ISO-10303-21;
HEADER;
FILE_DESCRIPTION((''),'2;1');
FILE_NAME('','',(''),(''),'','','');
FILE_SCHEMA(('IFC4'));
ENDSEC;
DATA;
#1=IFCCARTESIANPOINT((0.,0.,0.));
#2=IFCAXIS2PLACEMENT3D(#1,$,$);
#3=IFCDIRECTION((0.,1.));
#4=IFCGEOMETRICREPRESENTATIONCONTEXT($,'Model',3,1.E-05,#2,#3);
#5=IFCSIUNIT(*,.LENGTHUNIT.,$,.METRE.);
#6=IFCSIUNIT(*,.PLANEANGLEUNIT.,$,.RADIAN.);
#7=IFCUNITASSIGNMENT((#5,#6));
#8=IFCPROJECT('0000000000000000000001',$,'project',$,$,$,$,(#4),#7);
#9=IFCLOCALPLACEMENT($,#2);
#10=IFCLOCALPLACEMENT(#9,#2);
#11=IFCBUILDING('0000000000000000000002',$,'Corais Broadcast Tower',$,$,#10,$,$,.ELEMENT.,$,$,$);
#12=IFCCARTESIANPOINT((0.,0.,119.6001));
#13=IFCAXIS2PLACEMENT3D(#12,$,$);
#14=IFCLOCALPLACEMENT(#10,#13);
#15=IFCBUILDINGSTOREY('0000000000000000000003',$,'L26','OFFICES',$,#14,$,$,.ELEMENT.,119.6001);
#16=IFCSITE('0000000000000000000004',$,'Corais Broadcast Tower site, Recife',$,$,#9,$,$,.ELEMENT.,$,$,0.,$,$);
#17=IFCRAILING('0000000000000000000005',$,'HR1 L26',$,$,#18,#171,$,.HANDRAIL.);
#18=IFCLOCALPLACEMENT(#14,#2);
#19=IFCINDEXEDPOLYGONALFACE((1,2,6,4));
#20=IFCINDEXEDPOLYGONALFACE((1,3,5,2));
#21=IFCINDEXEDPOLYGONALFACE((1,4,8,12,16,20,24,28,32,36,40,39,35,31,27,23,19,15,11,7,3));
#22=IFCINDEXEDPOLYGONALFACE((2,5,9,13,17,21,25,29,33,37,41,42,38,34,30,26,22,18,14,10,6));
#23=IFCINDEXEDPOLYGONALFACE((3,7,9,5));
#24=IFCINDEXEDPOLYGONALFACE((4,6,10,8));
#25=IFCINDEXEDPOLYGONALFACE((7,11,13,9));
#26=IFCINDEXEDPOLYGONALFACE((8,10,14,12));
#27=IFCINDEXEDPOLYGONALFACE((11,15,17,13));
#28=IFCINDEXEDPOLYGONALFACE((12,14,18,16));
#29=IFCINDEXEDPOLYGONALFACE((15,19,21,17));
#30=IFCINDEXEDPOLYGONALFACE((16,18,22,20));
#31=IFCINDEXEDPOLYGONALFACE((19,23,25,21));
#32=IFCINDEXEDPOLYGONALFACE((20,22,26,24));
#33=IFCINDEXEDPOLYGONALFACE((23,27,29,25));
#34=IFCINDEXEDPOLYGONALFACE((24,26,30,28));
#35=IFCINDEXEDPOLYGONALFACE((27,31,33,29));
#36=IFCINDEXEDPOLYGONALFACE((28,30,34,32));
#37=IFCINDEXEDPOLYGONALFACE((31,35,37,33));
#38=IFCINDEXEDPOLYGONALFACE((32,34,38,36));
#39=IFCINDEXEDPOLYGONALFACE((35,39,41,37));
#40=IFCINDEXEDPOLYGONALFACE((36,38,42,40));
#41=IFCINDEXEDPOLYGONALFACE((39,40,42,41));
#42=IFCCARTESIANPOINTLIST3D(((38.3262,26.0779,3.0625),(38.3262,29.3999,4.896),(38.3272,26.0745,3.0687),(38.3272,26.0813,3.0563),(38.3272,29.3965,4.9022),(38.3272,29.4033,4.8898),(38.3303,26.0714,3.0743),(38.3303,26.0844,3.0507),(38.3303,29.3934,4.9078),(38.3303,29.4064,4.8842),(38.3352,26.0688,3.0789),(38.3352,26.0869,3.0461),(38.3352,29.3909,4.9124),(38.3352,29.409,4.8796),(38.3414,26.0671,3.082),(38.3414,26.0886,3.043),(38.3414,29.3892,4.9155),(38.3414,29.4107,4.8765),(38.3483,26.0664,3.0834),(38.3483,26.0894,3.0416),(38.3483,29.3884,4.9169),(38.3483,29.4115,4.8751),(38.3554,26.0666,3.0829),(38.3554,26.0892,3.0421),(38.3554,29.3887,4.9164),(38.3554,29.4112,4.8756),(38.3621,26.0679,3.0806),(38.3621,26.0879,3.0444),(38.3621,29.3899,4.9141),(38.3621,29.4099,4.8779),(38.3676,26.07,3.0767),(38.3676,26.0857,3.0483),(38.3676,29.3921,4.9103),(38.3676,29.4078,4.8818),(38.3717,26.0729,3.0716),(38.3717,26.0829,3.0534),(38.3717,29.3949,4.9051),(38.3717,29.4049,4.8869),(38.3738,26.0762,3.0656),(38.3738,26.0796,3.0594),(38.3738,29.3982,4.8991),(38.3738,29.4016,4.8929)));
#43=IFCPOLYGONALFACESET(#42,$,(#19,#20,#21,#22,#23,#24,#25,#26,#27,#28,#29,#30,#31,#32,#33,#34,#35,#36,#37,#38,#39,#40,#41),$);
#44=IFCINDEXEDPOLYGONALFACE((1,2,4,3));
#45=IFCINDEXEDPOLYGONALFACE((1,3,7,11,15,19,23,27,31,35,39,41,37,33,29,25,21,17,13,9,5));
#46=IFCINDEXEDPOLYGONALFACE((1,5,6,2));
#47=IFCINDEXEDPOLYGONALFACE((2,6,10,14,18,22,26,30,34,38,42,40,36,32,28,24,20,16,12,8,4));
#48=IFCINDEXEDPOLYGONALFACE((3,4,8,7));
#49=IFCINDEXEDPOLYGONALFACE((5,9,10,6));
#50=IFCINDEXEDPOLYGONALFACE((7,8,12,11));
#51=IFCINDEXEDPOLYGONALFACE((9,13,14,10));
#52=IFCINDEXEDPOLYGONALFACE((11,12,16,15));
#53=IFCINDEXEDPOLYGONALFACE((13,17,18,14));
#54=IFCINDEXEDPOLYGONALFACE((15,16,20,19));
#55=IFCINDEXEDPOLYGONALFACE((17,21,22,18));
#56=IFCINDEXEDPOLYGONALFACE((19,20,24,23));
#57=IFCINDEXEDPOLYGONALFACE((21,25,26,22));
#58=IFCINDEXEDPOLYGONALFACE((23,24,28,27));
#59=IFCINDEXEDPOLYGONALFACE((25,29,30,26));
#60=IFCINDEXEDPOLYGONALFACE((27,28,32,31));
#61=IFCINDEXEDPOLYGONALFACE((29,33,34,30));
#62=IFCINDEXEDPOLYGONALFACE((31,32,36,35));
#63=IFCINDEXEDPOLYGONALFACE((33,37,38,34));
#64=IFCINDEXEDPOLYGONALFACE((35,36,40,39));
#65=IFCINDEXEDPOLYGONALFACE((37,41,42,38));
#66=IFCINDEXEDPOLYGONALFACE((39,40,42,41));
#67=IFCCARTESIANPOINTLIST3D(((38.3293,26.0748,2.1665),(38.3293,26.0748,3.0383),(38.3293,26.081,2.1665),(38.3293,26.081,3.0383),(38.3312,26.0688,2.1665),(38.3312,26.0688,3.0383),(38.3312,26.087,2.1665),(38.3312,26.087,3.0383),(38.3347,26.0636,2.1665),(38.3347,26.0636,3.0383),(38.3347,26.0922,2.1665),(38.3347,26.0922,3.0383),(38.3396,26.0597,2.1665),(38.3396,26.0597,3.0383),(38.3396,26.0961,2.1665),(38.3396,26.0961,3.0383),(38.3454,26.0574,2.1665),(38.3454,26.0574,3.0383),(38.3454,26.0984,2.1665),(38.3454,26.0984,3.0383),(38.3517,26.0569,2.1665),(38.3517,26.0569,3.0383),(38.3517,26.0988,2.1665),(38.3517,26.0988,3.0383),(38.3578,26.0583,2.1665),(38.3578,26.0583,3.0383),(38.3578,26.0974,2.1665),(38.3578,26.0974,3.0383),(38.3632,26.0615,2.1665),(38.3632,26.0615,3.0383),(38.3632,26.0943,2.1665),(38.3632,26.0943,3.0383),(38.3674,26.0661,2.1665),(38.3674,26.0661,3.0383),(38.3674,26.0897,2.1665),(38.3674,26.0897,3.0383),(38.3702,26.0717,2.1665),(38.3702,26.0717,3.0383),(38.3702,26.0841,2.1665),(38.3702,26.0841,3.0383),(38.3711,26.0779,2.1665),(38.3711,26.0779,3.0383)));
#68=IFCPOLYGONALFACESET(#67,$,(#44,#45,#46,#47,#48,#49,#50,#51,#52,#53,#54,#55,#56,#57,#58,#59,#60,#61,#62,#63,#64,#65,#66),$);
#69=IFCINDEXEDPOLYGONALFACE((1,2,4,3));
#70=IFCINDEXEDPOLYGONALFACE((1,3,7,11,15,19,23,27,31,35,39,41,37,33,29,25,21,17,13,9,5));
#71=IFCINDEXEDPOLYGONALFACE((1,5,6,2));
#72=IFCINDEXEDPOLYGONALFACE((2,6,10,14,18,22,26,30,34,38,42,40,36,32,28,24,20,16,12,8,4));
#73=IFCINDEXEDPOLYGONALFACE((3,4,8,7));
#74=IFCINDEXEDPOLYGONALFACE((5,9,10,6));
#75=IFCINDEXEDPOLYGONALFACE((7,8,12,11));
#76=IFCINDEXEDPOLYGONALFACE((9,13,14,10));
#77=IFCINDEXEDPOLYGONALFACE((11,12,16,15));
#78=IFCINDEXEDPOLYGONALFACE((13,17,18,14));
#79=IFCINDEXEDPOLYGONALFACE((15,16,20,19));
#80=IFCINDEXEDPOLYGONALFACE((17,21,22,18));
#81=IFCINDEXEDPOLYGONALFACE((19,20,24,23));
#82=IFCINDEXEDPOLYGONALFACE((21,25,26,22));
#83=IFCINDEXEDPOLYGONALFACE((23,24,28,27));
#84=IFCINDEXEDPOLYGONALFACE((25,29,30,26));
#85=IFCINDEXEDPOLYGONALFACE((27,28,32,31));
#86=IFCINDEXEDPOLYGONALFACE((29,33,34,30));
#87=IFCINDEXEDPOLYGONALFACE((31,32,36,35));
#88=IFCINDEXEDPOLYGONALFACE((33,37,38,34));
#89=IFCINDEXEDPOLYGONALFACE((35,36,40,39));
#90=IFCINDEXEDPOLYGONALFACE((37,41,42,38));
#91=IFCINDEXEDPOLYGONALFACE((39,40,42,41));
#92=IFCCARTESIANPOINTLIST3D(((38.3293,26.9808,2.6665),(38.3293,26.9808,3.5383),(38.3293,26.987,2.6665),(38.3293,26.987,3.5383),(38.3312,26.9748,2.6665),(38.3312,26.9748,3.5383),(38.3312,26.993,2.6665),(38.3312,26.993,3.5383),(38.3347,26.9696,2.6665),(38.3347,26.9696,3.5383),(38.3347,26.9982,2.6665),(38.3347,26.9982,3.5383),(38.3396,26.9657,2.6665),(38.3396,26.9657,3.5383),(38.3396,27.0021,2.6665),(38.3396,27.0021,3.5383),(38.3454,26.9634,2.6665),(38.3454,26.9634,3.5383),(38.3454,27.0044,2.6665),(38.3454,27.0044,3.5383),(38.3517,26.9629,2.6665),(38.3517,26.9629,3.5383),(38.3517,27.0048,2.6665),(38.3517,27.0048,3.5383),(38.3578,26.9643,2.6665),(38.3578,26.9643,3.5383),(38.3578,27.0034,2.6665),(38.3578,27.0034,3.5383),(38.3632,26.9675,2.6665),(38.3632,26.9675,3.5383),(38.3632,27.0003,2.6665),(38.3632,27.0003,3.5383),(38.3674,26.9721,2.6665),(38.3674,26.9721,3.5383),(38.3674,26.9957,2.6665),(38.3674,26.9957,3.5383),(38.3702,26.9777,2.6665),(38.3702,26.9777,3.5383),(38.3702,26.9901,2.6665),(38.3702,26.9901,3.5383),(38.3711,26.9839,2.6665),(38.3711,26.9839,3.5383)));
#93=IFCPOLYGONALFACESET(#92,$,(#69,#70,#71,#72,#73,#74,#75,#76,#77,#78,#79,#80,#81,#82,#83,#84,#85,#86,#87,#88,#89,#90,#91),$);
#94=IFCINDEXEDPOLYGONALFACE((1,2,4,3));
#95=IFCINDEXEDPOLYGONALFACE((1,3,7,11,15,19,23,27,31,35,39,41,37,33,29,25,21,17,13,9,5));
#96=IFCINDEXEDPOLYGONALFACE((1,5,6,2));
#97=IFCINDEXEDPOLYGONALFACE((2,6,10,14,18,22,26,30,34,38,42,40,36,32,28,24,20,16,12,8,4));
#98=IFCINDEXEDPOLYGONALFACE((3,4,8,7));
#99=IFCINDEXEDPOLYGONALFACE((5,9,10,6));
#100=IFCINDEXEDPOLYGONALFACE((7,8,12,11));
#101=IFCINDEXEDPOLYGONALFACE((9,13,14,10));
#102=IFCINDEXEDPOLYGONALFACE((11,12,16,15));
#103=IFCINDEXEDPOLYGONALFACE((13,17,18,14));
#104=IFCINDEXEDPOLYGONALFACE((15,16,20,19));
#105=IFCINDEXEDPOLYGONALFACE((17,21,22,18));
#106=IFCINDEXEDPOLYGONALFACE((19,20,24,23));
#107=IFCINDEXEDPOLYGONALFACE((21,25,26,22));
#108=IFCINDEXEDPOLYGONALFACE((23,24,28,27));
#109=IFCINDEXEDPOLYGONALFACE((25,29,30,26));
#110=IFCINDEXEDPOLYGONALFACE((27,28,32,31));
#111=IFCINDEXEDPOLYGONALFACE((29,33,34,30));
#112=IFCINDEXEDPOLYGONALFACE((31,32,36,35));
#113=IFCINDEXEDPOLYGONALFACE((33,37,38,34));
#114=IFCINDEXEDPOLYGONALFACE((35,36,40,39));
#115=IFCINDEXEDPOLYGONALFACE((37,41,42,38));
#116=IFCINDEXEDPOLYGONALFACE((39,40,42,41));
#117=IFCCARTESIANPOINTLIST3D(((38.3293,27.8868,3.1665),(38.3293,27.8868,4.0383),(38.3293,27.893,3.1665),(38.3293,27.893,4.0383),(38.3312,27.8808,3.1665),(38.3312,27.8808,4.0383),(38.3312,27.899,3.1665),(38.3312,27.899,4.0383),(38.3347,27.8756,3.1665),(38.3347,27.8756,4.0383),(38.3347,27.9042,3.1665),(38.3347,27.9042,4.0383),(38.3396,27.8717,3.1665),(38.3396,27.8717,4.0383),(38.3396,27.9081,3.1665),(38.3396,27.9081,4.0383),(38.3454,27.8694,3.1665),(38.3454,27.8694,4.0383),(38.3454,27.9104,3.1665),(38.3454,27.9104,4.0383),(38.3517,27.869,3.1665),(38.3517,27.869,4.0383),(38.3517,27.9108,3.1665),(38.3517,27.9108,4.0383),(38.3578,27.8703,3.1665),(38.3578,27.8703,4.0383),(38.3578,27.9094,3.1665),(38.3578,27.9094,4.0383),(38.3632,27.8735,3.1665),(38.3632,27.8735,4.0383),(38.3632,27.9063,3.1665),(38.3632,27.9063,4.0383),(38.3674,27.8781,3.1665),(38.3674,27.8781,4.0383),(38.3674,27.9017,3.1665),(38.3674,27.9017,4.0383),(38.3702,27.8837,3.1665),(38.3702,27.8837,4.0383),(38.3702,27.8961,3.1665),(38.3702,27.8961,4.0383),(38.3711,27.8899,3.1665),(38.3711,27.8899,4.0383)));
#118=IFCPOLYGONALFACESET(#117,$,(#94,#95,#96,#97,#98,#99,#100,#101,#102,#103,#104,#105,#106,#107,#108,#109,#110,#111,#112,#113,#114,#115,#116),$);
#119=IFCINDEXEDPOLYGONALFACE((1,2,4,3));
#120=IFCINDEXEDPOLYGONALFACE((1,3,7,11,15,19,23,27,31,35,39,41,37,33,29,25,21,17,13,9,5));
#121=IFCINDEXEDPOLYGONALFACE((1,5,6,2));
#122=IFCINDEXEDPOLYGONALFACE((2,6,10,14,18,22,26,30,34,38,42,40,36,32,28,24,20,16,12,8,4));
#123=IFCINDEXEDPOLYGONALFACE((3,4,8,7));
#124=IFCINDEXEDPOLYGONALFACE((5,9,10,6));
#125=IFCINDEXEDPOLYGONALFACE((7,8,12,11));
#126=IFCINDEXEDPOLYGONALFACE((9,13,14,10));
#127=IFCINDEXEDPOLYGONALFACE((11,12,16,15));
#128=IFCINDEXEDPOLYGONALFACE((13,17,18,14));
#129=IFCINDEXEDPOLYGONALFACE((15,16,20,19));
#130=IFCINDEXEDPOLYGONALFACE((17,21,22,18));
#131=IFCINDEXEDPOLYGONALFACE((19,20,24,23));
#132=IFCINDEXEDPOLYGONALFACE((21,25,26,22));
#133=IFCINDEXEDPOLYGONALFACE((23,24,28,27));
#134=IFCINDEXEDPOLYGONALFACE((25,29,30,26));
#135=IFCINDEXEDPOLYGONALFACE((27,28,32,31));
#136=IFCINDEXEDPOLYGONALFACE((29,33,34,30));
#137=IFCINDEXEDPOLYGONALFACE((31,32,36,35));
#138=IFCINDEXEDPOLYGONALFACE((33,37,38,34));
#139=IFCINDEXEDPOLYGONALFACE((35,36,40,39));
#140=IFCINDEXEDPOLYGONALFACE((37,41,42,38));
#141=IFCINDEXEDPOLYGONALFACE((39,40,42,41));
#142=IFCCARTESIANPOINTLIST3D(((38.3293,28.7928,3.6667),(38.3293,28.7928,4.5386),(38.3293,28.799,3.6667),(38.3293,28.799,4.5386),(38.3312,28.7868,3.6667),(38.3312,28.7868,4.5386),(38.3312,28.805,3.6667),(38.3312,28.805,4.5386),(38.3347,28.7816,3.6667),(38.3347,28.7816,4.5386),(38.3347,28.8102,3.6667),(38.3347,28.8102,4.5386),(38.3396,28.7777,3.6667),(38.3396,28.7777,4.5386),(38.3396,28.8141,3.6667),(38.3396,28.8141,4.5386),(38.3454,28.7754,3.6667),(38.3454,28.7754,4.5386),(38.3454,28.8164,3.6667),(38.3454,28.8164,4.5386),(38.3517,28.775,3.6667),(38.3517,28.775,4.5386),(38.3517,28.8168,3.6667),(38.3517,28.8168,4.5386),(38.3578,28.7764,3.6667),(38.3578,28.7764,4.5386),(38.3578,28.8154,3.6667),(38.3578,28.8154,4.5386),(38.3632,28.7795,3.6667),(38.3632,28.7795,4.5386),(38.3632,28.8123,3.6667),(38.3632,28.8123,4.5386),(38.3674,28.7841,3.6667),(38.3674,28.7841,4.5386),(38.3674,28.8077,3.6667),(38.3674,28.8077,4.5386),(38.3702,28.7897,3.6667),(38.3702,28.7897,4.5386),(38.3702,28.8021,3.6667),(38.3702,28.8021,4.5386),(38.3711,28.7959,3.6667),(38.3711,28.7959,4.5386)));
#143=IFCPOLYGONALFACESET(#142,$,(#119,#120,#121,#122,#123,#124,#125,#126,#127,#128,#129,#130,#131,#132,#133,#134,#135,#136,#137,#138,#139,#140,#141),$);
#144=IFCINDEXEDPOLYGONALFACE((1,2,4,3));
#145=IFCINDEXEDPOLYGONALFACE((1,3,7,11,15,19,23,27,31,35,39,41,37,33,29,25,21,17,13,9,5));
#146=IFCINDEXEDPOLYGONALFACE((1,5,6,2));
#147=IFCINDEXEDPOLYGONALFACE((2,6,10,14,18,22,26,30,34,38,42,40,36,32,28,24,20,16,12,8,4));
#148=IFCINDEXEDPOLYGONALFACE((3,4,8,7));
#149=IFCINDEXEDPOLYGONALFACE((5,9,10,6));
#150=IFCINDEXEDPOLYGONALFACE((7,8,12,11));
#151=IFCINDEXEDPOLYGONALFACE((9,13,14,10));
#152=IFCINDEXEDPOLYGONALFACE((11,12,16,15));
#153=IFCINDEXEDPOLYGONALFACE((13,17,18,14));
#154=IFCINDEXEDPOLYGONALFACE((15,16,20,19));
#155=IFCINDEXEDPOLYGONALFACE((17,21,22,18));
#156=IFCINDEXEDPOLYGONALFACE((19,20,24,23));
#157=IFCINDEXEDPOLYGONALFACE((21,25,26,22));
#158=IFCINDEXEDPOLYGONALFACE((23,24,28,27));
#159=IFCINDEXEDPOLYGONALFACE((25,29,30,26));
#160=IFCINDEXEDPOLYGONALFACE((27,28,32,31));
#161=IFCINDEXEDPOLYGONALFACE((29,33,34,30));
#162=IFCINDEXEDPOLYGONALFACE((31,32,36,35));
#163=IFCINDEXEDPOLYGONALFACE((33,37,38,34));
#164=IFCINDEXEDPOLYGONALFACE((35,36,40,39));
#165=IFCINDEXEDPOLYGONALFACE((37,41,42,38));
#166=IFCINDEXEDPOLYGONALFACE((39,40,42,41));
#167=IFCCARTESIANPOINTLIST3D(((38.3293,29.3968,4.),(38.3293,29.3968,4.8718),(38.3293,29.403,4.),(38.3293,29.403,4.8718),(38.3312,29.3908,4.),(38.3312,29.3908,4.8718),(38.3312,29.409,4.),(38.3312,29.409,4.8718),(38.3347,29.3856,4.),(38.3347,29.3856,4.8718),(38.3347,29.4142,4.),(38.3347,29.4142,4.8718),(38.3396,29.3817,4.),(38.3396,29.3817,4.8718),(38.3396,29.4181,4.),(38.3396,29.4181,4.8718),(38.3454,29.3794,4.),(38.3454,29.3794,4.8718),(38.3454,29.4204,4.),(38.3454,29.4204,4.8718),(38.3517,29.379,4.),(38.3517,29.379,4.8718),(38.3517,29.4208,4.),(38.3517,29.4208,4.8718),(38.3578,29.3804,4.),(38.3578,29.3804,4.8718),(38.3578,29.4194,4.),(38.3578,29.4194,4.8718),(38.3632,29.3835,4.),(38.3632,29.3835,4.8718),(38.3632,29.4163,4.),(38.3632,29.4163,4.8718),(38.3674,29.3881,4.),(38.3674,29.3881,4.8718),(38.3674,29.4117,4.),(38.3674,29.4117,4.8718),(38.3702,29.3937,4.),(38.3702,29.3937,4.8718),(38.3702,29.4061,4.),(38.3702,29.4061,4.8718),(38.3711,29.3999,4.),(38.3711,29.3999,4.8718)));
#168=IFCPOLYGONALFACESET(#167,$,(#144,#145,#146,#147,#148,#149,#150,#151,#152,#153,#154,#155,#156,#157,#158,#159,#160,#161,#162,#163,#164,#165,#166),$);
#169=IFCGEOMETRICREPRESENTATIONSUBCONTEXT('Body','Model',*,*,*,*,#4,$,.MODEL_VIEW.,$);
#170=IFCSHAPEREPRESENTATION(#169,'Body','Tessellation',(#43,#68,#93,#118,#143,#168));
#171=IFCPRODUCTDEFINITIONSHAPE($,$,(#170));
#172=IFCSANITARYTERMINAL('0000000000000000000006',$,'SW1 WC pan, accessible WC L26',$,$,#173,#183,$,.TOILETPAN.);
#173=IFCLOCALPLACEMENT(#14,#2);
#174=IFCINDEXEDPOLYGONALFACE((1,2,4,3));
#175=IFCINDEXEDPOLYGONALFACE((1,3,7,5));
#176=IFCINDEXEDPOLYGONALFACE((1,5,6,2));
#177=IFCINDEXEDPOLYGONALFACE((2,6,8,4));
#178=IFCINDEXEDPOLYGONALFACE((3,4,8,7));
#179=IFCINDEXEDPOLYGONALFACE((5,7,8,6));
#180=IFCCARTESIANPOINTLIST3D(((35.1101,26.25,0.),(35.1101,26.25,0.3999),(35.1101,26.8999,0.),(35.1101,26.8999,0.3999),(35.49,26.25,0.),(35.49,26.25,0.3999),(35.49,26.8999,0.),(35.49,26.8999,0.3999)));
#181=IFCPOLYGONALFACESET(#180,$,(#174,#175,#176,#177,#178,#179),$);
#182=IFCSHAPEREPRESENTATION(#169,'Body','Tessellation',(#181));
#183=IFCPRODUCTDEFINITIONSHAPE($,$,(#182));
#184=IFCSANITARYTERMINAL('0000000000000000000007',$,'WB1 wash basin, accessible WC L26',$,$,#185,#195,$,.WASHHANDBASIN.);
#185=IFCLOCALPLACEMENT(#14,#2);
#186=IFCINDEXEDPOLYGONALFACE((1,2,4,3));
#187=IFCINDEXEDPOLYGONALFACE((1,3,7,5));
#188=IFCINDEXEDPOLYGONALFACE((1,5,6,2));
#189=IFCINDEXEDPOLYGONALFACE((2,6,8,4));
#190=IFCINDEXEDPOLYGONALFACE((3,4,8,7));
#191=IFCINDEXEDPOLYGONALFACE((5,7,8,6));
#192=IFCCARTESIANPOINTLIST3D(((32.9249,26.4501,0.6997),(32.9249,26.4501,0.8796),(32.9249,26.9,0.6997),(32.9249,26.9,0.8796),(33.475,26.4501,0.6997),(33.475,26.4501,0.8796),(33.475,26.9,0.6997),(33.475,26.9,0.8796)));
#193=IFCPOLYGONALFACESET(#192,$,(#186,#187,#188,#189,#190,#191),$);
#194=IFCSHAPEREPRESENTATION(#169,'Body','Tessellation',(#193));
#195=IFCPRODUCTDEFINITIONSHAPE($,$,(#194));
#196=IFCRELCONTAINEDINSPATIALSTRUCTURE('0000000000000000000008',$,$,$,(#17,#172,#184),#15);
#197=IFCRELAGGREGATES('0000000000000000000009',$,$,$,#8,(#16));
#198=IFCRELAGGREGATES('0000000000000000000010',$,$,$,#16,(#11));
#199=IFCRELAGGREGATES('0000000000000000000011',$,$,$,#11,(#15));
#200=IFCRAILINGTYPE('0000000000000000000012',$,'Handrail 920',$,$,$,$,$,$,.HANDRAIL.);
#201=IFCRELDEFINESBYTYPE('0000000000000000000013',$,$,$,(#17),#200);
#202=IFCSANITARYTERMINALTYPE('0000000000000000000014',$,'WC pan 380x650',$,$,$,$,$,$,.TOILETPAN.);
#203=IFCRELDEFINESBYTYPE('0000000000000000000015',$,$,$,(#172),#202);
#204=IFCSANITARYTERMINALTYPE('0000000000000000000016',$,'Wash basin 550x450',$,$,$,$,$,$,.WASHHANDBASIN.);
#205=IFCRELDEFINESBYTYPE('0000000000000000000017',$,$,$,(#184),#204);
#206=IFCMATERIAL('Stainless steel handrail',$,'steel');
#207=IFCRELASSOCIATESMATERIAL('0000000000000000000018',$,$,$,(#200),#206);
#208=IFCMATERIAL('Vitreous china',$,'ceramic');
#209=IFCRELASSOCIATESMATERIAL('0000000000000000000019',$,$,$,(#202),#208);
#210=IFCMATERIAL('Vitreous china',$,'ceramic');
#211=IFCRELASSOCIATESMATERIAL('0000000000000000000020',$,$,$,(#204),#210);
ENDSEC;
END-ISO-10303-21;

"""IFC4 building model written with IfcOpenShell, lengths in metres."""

from ifc_helpers import new_model, si_unit, direction, frame, origin, origin_2d, place, context, subcontext, project, spatial, rectangle, circle, extrude, material, type_object, element, save


model = new_model("IFC4")

# Units and contexts
model_context = context("Model", 3, precision=1e-05, world=origin(), true_north=direction((0.0, 1.0)))
body_context = subcontext(model_context, "Body", "Model", "MODEL_VIEW")
ifc_project = project(units=[si_unit("LENGTHUNIT", "METRE"), si_unit("PLANEANGLEUNIT", "RADIAN")], contexts=[model_context])

# Site, building, storey
site_placement = place(None, origin())
site = spatial("IfcSite", under=ifc_project, at=site_placement, Name="Corais Broadcast Tower site, Recife", CompositionType="ELEMENT", RefElevation=0.0)
building_placement = place(site_placement, origin())
building = spatial("IfcBuilding", under=site, at=building_placement, Name="Corais Broadcast Tower", CompositionType="ELEMENT")
storey_placement = place(building_placement, frame((0.0, 0.0, 119.6001)))
storey = spatial("IfcBuildingStorey", under=building, at=storey_placement, Name="L26", Description="OFFICES", CompositionType="ELEMENT", Elevation=119.6001)

# Railing
ifc_material_1 = material(Name="Stainless steel handrail", Category="steel")
railing_type = type_object("IfcRailingType", Name="Handrail 920", PredefinedType="HANDRAIL", material=ifc_material_1)
for number, where, name in (
    (1, (38.3501, 26.0779, 2.1665), "HR1 L26"),
):
    element("IfcRailing", number, at=place(storey_placement, frame(where)), inside=storey, type_object=railing_type, Name=name, PredefinedType="HANDRAIL", context=body_context, shape_type="SweptSolid", body=[
        extrude(circle(Radius=0.0239, at=origin_2d()), frame((0.0, 0.0, 0.896), z_axis=(0.0, 0.875504, 0.48321), x_axis=(-1.0, 0.0, 0.0)), (0.0, 0.0, 1.0), 3.7944),
        extrude(circle(Radius=0.021, at=origin_2d()), origin(), (0.0, 0.0, 1.0), 0.8718),
        extrude(circle(Radius=0.021, at=origin_2d()), frame((0.0, 0.906, 0.5)), (0.0, 0.0, 1.0), 0.8718),
        extrude(circle(Radius=0.021, at=origin_2d()), frame((0.0, 1.812, 1.0)), (0.0, 0.0, 1.0), 0.8718),
        extrude(circle(Radius=0.021, at=origin_2d()), frame((0.0, 2.718, 1.5002)), (0.0, 0.0, 1.0), 0.8718),
        extrude(circle(Radius=0.021, at=origin_2d()), frame((0.0, 3.322, 1.8335)), (0.0, 0.0, 1.0), 0.8718),
    ])

# Sanitary terminals
ifc_material_2 = material(Name="Vitreous china", Category="ceramic")
sanitary_terminal_type_1 = type_object("IfcSanitaryTerminalType", Name="WC pan 380x650", PredefinedType="TOILETPAN", material=ifc_material_2)
sanitary_terminal_1_placement = place(storey_placement, frame((35.3, 26.575, 0.0), z_axis=(0.0, 0.0, 1.0), x_axis=(1.0, 0.0, 0.0)))
element("IfcSanitaryTerminal", 2, at=sanitary_terminal_1_placement, inside=storey, type_object=sanitary_terminal_type_1, Name="SW1 WC pan, accessible WC L26", PredefinedType="TOILETPAN", context=body_context, shape_type="SweptSolid", body=[
    extrude(rectangle(XDim=0.3799, YDim=0.6499, at=origin_2d()), origin(), (0.0, 0.0, 1.0), 0.3999),
])
ifc_material_3 = material(Name="Vitreous china", Category="ceramic")
sanitary_terminal_type_2 = type_object("IfcSanitaryTerminalType", Name="Wash basin 550x450", PredefinedType="WASHHANDBASIN", material=ifc_material_3)
sanitary_terminal_2_placement = place(storey_placement, frame((33.2, 26.675, 0.6997), z_axis=(0.0, 0.0, 1.0), x_axis=(1.0, 0.0, 0.0)))
element("IfcSanitaryTerminal", 3, at=sanitary_terminal_2_placement, inside=storey, type_object=sanitary_terminal_type_2, Name="WB1 wash basin, accessible WC L26", PredefinedType="WASHHANDBASIN", context=body_context, shape_type="SweptSolid", body=[
    extrude(rectangle(XDim=0.55, YDim=0.45, at=origin_2d()), origin(), (0.0, 0.0, 1.0), 0.1799),
])

save(model, "model.ifc")
